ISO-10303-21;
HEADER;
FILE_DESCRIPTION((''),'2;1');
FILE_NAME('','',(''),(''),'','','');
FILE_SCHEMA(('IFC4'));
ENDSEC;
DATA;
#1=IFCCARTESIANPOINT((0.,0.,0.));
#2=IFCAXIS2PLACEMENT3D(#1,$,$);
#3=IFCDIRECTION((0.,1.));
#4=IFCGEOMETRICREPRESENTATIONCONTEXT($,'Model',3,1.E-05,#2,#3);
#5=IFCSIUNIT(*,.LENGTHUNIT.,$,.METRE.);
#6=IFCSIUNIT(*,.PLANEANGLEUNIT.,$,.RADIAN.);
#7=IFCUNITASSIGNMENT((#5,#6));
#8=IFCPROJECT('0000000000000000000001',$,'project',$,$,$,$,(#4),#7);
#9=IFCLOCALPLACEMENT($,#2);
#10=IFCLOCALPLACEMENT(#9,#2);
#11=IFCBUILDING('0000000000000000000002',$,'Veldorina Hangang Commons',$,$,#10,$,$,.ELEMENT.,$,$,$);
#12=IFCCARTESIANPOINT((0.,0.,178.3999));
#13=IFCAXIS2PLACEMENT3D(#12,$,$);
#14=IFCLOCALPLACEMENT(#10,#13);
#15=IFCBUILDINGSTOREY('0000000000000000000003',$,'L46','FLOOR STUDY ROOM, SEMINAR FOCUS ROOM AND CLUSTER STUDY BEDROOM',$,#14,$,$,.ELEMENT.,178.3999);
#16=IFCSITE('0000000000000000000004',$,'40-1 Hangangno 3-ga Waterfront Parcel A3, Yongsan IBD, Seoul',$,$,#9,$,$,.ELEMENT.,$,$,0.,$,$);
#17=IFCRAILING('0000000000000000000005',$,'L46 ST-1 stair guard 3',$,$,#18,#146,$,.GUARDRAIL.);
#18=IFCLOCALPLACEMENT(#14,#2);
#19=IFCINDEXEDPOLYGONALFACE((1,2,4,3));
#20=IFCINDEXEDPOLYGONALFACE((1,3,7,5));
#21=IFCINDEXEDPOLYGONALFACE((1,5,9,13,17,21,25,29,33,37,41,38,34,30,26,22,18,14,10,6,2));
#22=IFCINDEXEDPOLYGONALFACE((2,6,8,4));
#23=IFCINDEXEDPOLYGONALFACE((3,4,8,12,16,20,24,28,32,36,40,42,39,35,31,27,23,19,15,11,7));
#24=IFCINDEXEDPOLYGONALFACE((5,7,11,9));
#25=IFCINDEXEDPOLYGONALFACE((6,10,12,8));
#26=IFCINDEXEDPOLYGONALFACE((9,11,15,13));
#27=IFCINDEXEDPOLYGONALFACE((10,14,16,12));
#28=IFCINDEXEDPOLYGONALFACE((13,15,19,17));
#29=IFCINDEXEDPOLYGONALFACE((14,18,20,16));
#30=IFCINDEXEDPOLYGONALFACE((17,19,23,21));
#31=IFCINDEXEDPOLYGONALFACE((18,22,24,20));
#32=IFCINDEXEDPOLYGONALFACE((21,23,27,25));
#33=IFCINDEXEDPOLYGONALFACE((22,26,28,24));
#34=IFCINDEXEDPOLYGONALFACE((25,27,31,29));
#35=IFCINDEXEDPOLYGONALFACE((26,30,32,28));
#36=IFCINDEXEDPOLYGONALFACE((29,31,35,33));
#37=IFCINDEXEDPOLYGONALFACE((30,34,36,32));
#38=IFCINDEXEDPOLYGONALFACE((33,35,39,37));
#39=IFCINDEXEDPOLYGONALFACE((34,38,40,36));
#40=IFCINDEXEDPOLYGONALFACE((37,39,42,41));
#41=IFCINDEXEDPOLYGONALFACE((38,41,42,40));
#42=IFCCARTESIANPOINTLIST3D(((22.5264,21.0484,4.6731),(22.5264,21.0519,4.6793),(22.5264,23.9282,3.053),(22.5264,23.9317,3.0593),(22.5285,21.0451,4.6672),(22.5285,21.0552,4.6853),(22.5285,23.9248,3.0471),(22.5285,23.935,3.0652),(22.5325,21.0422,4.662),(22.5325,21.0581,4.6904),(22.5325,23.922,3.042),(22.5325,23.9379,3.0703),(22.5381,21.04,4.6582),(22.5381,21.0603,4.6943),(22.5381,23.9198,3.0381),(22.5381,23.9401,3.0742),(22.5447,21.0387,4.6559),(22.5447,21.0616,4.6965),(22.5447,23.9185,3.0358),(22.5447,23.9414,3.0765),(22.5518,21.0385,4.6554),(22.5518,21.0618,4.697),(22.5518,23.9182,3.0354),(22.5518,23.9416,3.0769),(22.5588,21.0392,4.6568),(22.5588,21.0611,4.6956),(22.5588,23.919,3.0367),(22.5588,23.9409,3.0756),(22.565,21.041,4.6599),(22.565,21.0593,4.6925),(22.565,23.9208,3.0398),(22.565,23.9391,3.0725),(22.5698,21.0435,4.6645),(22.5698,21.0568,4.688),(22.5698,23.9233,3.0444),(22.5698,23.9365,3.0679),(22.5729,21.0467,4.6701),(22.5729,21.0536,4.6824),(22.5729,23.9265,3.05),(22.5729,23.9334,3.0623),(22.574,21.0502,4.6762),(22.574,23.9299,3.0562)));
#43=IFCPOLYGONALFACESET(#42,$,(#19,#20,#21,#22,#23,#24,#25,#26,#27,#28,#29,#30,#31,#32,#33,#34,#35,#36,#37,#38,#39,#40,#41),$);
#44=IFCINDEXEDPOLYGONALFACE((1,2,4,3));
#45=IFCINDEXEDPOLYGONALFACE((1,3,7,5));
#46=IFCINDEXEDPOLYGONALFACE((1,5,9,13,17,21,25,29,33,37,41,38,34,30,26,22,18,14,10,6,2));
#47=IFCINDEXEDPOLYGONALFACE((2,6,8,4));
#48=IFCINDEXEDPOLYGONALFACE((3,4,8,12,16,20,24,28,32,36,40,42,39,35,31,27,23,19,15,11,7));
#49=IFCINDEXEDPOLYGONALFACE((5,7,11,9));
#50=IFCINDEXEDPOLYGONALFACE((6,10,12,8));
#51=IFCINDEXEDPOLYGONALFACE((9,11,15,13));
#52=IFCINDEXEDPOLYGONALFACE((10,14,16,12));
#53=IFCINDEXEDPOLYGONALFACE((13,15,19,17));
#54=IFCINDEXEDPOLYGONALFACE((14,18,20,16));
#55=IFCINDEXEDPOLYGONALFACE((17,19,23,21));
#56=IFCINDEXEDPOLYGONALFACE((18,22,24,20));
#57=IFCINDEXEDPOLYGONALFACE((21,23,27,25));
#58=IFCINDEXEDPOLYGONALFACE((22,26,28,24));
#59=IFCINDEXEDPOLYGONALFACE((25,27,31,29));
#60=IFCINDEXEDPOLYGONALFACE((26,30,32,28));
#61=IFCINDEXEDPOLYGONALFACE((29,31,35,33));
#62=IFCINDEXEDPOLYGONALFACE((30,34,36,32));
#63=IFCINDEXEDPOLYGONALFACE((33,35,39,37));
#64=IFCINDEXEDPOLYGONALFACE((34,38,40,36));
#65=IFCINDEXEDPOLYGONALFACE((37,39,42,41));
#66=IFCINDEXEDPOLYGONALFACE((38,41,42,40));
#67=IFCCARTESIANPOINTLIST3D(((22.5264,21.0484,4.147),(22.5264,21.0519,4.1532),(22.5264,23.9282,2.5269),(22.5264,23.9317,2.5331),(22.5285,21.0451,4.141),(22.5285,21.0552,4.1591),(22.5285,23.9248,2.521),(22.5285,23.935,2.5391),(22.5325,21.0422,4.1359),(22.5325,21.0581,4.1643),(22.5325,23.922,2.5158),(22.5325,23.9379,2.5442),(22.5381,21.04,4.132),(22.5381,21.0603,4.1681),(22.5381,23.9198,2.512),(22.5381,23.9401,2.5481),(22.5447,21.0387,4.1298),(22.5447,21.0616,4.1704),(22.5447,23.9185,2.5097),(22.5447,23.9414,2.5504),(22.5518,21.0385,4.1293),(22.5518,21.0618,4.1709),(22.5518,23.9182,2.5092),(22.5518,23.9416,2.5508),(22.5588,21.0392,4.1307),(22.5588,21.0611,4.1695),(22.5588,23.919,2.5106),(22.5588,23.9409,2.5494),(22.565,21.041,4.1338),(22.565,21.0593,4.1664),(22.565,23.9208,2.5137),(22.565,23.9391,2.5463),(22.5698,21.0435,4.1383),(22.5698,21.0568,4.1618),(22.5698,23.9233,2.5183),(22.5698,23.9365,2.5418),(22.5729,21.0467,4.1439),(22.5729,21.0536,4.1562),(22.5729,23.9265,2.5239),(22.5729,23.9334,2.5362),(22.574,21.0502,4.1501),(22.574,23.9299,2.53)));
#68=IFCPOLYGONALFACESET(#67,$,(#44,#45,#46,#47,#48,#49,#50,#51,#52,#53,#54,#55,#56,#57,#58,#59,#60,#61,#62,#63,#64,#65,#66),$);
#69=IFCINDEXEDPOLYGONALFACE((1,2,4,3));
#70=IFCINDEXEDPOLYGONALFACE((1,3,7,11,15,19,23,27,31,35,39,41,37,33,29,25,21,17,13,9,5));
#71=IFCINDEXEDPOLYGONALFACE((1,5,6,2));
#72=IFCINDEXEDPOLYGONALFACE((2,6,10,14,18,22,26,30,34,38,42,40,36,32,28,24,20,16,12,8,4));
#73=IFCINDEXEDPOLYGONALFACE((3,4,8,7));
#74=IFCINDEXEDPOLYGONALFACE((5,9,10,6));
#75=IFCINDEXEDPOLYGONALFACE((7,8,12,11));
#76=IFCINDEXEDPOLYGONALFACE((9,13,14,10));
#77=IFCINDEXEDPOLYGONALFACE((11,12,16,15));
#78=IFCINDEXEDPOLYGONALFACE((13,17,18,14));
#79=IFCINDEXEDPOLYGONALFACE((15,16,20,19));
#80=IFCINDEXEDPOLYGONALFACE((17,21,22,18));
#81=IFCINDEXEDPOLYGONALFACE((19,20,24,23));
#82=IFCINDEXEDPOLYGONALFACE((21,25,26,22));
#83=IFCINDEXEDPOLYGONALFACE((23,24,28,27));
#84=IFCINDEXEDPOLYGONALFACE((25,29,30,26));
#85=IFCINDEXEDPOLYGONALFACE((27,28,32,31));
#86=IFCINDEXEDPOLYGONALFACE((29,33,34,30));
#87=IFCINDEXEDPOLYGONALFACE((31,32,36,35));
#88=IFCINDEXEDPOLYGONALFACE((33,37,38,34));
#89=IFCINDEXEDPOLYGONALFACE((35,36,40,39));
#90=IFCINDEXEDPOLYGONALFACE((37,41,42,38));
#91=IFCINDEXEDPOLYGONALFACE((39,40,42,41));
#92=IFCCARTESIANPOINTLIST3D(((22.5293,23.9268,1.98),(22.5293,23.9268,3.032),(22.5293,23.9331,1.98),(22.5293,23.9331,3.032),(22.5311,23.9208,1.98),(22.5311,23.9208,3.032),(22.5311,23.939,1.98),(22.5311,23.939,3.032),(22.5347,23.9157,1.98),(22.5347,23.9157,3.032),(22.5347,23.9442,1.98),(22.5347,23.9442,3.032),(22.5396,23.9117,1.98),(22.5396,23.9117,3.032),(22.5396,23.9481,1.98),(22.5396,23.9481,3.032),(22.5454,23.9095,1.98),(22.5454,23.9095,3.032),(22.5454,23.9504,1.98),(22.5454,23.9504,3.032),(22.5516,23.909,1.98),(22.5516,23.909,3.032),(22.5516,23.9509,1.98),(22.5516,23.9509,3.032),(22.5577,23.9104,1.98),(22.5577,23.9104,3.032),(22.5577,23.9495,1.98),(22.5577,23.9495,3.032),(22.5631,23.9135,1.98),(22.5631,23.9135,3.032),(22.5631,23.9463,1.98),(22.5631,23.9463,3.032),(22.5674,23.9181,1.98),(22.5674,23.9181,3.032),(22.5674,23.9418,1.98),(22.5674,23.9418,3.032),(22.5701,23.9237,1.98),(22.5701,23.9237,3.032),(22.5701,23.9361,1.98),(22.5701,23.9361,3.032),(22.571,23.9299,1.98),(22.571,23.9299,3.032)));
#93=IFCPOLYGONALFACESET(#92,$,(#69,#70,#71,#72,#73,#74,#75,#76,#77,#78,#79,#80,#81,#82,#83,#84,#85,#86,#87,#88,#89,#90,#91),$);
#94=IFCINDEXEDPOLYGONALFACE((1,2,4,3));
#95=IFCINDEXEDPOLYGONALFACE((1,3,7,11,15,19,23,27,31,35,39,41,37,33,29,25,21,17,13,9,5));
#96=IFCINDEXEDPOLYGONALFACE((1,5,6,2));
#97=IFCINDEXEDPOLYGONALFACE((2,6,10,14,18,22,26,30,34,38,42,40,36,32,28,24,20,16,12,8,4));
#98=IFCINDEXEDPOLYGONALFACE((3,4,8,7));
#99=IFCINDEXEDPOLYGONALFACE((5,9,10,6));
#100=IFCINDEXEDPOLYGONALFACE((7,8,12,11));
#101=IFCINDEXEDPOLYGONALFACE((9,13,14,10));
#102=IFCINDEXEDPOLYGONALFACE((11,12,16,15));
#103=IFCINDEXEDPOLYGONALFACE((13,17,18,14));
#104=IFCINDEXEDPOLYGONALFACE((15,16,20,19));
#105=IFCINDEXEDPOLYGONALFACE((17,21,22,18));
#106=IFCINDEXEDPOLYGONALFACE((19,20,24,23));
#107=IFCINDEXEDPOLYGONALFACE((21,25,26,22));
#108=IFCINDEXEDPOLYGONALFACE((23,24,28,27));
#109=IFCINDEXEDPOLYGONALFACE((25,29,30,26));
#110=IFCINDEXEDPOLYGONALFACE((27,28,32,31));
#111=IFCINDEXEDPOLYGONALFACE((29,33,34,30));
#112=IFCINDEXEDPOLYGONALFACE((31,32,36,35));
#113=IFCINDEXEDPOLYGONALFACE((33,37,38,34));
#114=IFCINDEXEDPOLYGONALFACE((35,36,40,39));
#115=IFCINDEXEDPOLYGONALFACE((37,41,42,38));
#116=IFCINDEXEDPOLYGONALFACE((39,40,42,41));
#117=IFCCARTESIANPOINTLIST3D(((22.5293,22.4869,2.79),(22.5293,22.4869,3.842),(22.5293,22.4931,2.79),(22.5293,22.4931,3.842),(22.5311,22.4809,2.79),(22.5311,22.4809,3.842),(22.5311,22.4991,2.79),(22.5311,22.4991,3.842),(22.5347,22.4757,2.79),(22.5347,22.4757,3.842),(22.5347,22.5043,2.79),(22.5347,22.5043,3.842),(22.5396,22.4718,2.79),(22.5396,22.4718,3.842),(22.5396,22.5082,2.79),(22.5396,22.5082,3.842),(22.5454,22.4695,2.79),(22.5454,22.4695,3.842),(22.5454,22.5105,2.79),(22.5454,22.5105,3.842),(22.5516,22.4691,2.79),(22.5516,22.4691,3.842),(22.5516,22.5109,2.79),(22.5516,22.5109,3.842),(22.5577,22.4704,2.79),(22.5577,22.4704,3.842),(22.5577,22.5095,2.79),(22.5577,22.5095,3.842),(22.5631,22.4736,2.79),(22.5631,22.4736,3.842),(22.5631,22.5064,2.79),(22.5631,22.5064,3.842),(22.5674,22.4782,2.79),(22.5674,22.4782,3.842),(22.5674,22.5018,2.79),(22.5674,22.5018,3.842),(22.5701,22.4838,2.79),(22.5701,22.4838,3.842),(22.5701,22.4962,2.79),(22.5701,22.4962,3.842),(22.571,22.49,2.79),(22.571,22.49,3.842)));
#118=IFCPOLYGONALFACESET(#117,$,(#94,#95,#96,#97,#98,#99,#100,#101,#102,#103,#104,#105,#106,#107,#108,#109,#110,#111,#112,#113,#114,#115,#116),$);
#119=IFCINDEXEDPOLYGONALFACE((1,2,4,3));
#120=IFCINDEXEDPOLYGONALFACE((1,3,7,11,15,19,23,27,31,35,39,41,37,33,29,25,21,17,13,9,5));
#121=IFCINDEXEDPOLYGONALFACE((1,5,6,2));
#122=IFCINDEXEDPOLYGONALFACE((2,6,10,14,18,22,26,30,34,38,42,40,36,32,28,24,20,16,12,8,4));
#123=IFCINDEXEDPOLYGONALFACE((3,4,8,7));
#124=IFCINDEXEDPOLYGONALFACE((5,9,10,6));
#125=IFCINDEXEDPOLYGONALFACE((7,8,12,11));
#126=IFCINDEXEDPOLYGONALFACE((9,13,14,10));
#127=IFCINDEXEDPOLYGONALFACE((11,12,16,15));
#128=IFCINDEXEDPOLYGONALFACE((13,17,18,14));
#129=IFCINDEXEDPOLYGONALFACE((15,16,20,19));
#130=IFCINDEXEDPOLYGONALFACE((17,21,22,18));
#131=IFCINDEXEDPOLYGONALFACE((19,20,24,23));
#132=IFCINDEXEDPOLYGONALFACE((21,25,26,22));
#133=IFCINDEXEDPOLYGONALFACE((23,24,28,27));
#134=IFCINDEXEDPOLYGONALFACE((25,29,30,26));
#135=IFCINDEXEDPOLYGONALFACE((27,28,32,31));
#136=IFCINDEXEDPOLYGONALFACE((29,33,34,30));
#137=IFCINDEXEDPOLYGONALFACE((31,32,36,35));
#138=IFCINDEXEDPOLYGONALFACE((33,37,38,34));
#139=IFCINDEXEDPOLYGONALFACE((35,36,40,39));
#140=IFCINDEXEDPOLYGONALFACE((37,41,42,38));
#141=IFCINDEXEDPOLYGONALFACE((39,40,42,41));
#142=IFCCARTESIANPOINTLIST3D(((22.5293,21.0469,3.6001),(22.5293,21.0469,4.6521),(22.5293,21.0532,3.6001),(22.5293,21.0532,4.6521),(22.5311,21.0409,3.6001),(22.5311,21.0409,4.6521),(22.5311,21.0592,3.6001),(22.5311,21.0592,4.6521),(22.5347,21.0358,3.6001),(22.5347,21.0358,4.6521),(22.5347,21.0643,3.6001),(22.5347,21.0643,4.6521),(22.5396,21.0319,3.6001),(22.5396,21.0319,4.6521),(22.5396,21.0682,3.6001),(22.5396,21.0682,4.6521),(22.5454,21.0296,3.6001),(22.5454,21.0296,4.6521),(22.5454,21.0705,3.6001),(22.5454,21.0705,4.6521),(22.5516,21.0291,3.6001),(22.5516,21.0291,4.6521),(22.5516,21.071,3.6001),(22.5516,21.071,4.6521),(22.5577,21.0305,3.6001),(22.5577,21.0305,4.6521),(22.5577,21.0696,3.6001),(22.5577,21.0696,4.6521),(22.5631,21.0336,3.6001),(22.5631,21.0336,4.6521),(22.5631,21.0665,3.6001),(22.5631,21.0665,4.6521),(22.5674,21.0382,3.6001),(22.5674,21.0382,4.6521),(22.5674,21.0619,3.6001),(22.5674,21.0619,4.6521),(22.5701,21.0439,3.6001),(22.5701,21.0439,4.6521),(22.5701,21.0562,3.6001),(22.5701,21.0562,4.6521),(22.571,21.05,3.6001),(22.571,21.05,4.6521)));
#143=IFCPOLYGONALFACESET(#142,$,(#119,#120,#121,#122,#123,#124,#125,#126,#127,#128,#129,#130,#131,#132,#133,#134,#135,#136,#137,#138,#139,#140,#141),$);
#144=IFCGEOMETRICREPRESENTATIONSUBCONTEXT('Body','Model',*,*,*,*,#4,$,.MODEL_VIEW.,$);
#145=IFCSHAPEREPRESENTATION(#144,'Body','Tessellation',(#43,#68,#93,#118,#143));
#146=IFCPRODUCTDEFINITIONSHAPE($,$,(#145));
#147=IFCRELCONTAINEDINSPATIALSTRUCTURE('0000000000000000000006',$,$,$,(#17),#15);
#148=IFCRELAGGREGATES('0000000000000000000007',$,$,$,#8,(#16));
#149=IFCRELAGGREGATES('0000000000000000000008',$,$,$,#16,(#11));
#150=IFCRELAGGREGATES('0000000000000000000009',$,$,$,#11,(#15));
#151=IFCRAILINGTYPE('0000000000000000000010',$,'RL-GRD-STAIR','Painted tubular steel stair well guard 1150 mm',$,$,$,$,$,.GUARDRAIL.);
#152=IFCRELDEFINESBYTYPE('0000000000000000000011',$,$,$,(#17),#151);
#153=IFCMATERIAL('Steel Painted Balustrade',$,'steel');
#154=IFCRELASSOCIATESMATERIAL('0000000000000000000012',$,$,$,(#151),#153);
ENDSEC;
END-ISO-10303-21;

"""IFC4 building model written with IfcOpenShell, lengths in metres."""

from ifc_helpers import new_model, si_unit, direction, frame, origin, origin_2d, place, context, subcontext, project, spatial, circle, extrude, material, type_object, element, save


model = new_model("IFC4")

# Units and contexts
model_context = context("Model", 3, precision=1e-05, world=origin(), true_north=direction((0.0, 1.0)))
body_context = subcontext(model_context, "Body", "Model", "MODEL_VIEW")
ifc_project = project(units=[si_unit("LENGTHUNIT", "METRE"), si_unit("PLANEANGLEUNIT", "RADIAN")], contexts=[model_context])

# Site, building, storey
site_placement = place(None, origin())
site = spatial("IfcSite", under=ifc_project, at=site_placement, Name="40-1 Hangangno 3-ga Waterfront Parcel A3, Yongsan IBD, Seoul", CompositionType="ELEMENT", RefElevation=0.0)
building_placement = place(site_placement, origin())
building = spatial("IfcBuilding", under=site, at=building_placement, Name="Veldorina Hangang Commons", CompositionType="ELEMENT")
storey_placement = place(building_placement, frame((0.0, 0.0, 178.3999)))
storey = spatial("IfcBuildingStorey", under=building, at=storey_placement, Name="L46", Description="FLOOR STUDY ROOM, SEMINAR FOCUS ROOM AND CLUSTER STUDY BEDROOM", CompositionType="ELEMENT", Elevation=178.3999)

# Railing
ifc_material_1 = material(Name="Steel Painted Balustrade", Category="steel")
railing_type_1 = type_object("IfcRailingType", Name="RL-GRD-STAIR", Description="Painted tubular steel stair well guard 1150 mm", PredefinedType="GUARDRAIL", material=ifc_material_1)
railing_1_placement = place(storey_placement, frame((22.55, 23.9299, 1.98)))
element("IfcRailing", 1, at=railing_1_placement, inside=storey, type_object=railing_type_1, Name="L46 ST-1 stair guard 3", PredefinedType="GUARDRAIL", context=body_context, shape_type="SweptSolid", body=[
    extrude(circle(Radius=0.0239, at=origin_2d()), frame((0.0, 0.0, 1.0762), z_axis=(0.0, -0.871552, 0.490303), x_axis=(1.0, 0.0, 0.0)), (0.0, 0.0, 1.0), 3.3042),
    extrude(circle(Radius=0.0239, at=origin_2d()), frame((0.0, 0.0, 0.55), z_axis=(0.0, -0.871552, 0.490303), x_axis=(1.0, 0.0, 0.0)), (0.0, 0.0, 1.0), 3.3042),
    extrude(circle(Radius=0.021, at=origin_2d()), origin(), (0.0, 0.0, 1.0), 1.052),
    extrude(circle(Radius=0.021, at=origin_2d()), frame((0.0, -1.4399, 0.8101)), (0.0, 0.0, 1.0), 1.052),
    extrude(circle(Radius=0.021, at=origin_2d()), frame((0.0, -2.8799, 1.6201)), (0.0, 0.0, 1.0), 1.052),
])

save(model, "model.ifc")
